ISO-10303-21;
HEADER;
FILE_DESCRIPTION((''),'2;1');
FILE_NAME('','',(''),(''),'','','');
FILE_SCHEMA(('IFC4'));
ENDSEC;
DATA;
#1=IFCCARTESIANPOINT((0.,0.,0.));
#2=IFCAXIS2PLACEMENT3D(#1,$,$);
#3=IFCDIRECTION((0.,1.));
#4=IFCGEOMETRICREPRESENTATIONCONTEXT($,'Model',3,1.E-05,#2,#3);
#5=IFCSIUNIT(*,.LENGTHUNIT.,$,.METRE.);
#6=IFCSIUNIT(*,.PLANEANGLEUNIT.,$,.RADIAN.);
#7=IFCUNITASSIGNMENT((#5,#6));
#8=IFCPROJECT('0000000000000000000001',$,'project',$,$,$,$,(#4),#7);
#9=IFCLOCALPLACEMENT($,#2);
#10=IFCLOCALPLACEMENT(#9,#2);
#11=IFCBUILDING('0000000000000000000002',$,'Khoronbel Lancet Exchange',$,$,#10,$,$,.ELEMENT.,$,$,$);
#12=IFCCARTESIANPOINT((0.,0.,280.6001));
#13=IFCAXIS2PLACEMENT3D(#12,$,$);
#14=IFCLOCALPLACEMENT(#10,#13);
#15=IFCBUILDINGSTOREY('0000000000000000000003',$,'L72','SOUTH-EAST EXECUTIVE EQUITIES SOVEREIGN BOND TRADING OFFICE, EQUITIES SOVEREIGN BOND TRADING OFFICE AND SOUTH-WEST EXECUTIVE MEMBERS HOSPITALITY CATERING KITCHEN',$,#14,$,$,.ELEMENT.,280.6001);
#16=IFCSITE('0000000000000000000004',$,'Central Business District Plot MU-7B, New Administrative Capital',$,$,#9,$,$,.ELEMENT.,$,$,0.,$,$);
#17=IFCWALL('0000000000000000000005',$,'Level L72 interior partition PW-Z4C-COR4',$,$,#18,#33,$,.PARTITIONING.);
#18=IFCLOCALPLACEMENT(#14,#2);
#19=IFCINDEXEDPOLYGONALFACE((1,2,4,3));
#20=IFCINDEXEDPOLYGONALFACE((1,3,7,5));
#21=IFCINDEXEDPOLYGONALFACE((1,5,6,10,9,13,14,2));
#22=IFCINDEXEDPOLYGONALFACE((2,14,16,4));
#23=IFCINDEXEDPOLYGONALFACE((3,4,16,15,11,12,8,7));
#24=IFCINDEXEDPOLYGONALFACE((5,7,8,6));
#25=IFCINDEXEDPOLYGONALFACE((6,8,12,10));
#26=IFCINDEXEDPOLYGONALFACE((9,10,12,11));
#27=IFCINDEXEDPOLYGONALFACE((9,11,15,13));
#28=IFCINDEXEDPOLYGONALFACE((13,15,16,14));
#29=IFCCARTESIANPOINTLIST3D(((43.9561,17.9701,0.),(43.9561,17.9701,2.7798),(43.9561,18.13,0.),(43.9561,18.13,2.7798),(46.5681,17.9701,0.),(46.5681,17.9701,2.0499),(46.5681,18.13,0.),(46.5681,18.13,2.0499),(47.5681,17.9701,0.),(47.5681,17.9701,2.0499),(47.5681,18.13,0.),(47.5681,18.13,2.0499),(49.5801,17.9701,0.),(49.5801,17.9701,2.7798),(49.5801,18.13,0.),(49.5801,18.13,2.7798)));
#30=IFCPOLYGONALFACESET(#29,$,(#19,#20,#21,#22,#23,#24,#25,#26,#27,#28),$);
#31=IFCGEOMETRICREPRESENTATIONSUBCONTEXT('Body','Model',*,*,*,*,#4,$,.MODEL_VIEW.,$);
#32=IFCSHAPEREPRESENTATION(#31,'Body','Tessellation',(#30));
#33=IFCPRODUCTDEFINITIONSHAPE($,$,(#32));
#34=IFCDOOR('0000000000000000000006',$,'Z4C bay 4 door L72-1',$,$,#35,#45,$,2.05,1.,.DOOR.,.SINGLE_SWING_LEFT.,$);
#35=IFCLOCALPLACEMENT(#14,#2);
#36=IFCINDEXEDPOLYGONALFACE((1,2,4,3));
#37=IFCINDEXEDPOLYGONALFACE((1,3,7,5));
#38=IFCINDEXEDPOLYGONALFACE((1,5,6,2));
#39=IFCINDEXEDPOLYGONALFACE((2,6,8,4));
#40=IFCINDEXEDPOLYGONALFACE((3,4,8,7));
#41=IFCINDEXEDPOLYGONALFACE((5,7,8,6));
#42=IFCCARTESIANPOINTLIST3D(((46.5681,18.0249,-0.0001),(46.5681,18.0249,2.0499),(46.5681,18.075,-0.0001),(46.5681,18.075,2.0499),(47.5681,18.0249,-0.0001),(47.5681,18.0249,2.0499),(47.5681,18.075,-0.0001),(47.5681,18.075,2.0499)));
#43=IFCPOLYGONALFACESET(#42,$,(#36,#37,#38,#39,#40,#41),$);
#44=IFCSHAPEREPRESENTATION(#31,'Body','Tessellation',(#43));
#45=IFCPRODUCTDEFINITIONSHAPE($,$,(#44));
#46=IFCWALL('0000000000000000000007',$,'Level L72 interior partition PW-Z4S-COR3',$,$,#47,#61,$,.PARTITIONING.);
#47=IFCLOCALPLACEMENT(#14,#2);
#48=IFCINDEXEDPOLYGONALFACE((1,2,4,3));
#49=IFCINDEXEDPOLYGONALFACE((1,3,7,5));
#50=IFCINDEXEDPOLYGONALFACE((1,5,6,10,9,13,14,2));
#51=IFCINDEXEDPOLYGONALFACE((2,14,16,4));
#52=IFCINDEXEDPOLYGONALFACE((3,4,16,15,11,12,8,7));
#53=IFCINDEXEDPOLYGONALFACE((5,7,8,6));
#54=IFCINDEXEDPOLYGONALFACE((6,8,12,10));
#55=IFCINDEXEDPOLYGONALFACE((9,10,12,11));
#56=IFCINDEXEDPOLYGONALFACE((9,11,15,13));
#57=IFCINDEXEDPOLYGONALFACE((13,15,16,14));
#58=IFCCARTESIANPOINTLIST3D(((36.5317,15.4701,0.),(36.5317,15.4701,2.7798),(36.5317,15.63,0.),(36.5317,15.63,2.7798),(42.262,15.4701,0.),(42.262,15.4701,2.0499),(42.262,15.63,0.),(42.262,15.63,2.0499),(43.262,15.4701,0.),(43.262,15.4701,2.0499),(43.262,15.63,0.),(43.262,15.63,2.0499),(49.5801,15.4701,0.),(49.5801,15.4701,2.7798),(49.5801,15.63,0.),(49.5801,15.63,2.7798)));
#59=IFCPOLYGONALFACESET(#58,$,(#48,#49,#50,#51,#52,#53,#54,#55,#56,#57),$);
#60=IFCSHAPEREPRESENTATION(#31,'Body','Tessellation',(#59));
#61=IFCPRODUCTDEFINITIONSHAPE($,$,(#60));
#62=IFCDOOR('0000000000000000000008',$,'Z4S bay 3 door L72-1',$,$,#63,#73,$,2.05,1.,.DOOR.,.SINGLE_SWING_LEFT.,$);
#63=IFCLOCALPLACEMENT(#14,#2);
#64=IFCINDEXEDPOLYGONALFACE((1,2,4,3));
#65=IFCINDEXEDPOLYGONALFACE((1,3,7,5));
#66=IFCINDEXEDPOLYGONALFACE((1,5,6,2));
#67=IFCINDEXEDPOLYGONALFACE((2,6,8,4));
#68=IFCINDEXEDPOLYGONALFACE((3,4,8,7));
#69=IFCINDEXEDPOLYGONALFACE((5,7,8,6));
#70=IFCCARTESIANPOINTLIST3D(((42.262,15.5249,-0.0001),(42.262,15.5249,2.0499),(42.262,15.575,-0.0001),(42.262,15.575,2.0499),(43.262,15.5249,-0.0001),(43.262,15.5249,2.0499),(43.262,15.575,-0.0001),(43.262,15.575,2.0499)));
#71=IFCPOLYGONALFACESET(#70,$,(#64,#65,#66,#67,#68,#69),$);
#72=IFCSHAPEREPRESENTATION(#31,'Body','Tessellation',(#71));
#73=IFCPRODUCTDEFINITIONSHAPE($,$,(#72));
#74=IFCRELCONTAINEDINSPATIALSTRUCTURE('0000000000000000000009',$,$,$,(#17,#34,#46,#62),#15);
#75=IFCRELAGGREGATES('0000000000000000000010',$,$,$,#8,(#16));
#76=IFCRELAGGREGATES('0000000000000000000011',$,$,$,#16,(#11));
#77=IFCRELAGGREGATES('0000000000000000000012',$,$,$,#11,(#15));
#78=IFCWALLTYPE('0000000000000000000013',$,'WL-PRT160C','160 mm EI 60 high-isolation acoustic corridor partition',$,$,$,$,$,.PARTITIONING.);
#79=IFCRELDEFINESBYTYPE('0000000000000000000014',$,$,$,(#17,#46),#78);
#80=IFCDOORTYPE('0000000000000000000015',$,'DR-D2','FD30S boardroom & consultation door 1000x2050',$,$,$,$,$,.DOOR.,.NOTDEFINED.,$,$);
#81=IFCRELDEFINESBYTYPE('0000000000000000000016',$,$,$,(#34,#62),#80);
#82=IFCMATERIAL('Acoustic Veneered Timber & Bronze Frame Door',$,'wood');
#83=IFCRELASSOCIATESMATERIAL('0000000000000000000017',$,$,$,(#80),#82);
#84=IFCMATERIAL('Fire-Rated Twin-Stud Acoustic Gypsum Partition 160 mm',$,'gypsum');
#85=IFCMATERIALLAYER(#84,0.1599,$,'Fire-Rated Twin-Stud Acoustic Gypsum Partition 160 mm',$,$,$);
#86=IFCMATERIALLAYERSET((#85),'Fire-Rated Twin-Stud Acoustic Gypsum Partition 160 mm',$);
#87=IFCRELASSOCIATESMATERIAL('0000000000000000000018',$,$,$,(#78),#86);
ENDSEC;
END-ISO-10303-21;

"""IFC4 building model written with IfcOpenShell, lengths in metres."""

from ifc_helpers import new_model, si_unit, direction, frame, frame_2d, origin, place, context, subcontext, project, spatial, rectangle, extrude, material, layer, layer_set, type_object, element, fill, save


model = new_model("IFC4")

# Units and contexts
model_context = context("Model", 3, precision=1e-05, world=origin(), true_north=direction((0.0, 1.0)))
body_context = subcontext(model_context, "Body", "Model", "MODEL_VIEW")
ifc_project = project(units=[si_unit("LENGTHUNIT", "METRE"), si_unit("PLANEANGLEUNIT", "RADIAN")], contexts=[model_context])

# Site, building, storey
site_placement = place(None, origin())
site = spatial("IfcSite", under=ifc_project, at=site_placement, Name="Central Business District Plot MU-7B, New Administrative Capital", CompositionType="ELEMENT", RefElevation=0.0)
building_placement = place(site_placement, origin())
building = spatial("IfcBuilding", under=site, at=building_placement, Name="Khoronbel Lancet Exchange", CompositionType="ELEMENT")
storey_placement = place(building_placement, frame((0.0, 0.0, 280.6001)))
storey = spatial("IfcBuildingStorey", under=building, at=storey_placement, Name="L72", Description="SOUTH-EAST EXECUTIVE EQUITIES SOVEREIGN BOND TRADING OFFICE, EQUITIES SOVEREIGN BOND TRADING OFFICE AND SOUTH-WEST EXECUTIVE MEMBERS HOSPITALITY CATERING KITCHEN", CompositionType="ELEMENT", Elevation=280.6001)

# Shared definitions
ifc_material_1 = material(Name="Acoustic Veneered Timber & Bronze Frame Door", Category="wood")
door_type_1 = type_object("IfcDoorType", Name="DR-D2", Description="FD30S boardroom & consultation door 1000x2050", OperationType="NOTDEFINED", PredefinedType="DOOR", material=ifc_material_1)

# Walls, openings, doors
ifc_material_2 = material(Name="Fire-Rated Twin-Stud Acoustic Gypsum Partition 160 mm", Category="gypsum")
ifc_layer_1 = layer(ifc_material_2, 0.1599, Name="Fire-Rated Twin-Stud Acoustic Gypsum Partition 160 mm")
ifc_layer_set_1 = layer_set([ifc_layer_1], Name="Fire-Rated Twin-Stud Acoustic Gypsum Partition 160 mm")
wall_type_1 = type_object("IfcWallType", Name="WL-PRT160C", Description="160 mm EI 60 high-isolation acoustic corridor partition", PredefinedType="PARTITIONING", material=ifc_layer_set_1)
wall_1_placement = place(storey_placement, frame((43.9561, 18.05, 0.0), z_axis=(0.0, 0.0, 1.0), x_axis=(1.0, 0.0, 0.0)))
wall_1 = element("IfcWall", 1, at=wall_1_placement, inside=storey, type_object=wall_type_1, Name="Level L72 interior partition PW-Z4C-COR4", PredefinedType="PARTITIONING", context=body_context, shape_type="SweptSolid", body=[
    extrude(rectangle(XDim=5.624, YDim=0.1599, at=frame_2d((2.812, 0.0))), origin(), (0.0, 0.0, 1.0), 2.7798),
])
opening_1_placement = place(wall_1_placement, frame((2.6121, 0.0, 0.0)))
opening_1 = element("IfcOpeningElement", 2, at=opening_1_placement, cuts=wall_1, PredefinedType="OPENING", context=body_context, shape_type="SweptSolid", body=[
    extrude(rectangle(XDim=1.0, YDim=2.05, at=frame_2d((0.5, 1.0249))), frame((0.0, 0.0898, 0.0), z_axis=(0.0, -1.0, 0.0), x_axis=(1.0, 0.0, 0.0)), (0.0, 0.0, 1.0), 0.1799),
])
door_1_placement = place(opening_1_placement, origin())
door_1 = element("IfcDoor", 3, at=door_1_placement, inside=storey, type_object=door_type_1, Name="Z4C bay 4 door L72-1", OperationType="SINGLE_SWING_LEFT", OverallHeight=2.05, OverallWidth=1.0, PredefinedType="DOOR", context=body_context, shape_type="SweptSolid", body=[
    extrude(rectangle(XDim=1.0, YDim=2.05, at=frame_2d((0.5, 1.0249))), frame((0.0, 0.0249, 0.0), z_axis=(0.0, -1.0, 0.0), x_axis=(1.0, 0.0, 0.0)), (0.0, 0.0, 1.0), 0.05),
])
fill(opening_1, door_1)
wall_2_placement = place(storey_placement, frame((36.5317, 15.55, 0.0), z_axis=(0.0, 0.0, 1.0), x_axis=(1.0, 0.0, 0.0)))
wall_2 = element("IfcWall", 4, at=wall_2_placement, inside=storey, type_object=wall_type_1, Name="Level L72 interior partition PW-Z4S-COR3", PredefinedType="PARTITIONING", context=body_context, shape_type="SweptSolid", body=[
    extrude(rectangle(XDim=13.0483, YDim=0.1599, at=frame_2d((6.5242, 0.0))), origin(), (0.0, 0.0, 1.0), 2.7798),
])
opening_2_placement = place(wall_2_placement, frame((5.7302, 0.0, 0.0)))
opening_2 = element("IfcOpeningElement", 5, at=opening_2_placement, cuts=wall_2, PredefinedType="OPENING", context=body_context, shape_type="SweptSolid", body=[
    extrude(rectangle(XDim=1.0, YDim=2.05, at=frame_2d((0.5, 1.0249))), frame((0.0, 0.0898, 0.0), z_axis=(0.0, -1.0, 0.0), x_axis=(1.0, 0.0, 0.0)), (0.0, 0.0, 1.0), 0.1799),
])
door_2_placement = place(opening_2_placement, origin())
door_2 = element("IfcDoor", 6, at=door_2_placement, inside=storey, type_object=door_type_1, Name="Z4S bay 3 door L72-1", OperationType="SINGLE_SWING_LEFT", OverallHeight=2.05, OverallWidth=1.0, PredefinedType="DOOR", context=body_context, shape_type="SweptSolid", body=[
    extrude(rectangle(XDim=1.0, YDim=2.05, at=frame_2d((0.5, 1.0249))), frame((0.0, 0.0249, 0.0), z_axis=(0.0, -1.0, 0.0), x_axis=(1.0, 0.0, 0.0)), (0.0, 0.0, 1.0), 0.05),
])
fill(opening_2, door_2)

save(model, "model.ifc")
